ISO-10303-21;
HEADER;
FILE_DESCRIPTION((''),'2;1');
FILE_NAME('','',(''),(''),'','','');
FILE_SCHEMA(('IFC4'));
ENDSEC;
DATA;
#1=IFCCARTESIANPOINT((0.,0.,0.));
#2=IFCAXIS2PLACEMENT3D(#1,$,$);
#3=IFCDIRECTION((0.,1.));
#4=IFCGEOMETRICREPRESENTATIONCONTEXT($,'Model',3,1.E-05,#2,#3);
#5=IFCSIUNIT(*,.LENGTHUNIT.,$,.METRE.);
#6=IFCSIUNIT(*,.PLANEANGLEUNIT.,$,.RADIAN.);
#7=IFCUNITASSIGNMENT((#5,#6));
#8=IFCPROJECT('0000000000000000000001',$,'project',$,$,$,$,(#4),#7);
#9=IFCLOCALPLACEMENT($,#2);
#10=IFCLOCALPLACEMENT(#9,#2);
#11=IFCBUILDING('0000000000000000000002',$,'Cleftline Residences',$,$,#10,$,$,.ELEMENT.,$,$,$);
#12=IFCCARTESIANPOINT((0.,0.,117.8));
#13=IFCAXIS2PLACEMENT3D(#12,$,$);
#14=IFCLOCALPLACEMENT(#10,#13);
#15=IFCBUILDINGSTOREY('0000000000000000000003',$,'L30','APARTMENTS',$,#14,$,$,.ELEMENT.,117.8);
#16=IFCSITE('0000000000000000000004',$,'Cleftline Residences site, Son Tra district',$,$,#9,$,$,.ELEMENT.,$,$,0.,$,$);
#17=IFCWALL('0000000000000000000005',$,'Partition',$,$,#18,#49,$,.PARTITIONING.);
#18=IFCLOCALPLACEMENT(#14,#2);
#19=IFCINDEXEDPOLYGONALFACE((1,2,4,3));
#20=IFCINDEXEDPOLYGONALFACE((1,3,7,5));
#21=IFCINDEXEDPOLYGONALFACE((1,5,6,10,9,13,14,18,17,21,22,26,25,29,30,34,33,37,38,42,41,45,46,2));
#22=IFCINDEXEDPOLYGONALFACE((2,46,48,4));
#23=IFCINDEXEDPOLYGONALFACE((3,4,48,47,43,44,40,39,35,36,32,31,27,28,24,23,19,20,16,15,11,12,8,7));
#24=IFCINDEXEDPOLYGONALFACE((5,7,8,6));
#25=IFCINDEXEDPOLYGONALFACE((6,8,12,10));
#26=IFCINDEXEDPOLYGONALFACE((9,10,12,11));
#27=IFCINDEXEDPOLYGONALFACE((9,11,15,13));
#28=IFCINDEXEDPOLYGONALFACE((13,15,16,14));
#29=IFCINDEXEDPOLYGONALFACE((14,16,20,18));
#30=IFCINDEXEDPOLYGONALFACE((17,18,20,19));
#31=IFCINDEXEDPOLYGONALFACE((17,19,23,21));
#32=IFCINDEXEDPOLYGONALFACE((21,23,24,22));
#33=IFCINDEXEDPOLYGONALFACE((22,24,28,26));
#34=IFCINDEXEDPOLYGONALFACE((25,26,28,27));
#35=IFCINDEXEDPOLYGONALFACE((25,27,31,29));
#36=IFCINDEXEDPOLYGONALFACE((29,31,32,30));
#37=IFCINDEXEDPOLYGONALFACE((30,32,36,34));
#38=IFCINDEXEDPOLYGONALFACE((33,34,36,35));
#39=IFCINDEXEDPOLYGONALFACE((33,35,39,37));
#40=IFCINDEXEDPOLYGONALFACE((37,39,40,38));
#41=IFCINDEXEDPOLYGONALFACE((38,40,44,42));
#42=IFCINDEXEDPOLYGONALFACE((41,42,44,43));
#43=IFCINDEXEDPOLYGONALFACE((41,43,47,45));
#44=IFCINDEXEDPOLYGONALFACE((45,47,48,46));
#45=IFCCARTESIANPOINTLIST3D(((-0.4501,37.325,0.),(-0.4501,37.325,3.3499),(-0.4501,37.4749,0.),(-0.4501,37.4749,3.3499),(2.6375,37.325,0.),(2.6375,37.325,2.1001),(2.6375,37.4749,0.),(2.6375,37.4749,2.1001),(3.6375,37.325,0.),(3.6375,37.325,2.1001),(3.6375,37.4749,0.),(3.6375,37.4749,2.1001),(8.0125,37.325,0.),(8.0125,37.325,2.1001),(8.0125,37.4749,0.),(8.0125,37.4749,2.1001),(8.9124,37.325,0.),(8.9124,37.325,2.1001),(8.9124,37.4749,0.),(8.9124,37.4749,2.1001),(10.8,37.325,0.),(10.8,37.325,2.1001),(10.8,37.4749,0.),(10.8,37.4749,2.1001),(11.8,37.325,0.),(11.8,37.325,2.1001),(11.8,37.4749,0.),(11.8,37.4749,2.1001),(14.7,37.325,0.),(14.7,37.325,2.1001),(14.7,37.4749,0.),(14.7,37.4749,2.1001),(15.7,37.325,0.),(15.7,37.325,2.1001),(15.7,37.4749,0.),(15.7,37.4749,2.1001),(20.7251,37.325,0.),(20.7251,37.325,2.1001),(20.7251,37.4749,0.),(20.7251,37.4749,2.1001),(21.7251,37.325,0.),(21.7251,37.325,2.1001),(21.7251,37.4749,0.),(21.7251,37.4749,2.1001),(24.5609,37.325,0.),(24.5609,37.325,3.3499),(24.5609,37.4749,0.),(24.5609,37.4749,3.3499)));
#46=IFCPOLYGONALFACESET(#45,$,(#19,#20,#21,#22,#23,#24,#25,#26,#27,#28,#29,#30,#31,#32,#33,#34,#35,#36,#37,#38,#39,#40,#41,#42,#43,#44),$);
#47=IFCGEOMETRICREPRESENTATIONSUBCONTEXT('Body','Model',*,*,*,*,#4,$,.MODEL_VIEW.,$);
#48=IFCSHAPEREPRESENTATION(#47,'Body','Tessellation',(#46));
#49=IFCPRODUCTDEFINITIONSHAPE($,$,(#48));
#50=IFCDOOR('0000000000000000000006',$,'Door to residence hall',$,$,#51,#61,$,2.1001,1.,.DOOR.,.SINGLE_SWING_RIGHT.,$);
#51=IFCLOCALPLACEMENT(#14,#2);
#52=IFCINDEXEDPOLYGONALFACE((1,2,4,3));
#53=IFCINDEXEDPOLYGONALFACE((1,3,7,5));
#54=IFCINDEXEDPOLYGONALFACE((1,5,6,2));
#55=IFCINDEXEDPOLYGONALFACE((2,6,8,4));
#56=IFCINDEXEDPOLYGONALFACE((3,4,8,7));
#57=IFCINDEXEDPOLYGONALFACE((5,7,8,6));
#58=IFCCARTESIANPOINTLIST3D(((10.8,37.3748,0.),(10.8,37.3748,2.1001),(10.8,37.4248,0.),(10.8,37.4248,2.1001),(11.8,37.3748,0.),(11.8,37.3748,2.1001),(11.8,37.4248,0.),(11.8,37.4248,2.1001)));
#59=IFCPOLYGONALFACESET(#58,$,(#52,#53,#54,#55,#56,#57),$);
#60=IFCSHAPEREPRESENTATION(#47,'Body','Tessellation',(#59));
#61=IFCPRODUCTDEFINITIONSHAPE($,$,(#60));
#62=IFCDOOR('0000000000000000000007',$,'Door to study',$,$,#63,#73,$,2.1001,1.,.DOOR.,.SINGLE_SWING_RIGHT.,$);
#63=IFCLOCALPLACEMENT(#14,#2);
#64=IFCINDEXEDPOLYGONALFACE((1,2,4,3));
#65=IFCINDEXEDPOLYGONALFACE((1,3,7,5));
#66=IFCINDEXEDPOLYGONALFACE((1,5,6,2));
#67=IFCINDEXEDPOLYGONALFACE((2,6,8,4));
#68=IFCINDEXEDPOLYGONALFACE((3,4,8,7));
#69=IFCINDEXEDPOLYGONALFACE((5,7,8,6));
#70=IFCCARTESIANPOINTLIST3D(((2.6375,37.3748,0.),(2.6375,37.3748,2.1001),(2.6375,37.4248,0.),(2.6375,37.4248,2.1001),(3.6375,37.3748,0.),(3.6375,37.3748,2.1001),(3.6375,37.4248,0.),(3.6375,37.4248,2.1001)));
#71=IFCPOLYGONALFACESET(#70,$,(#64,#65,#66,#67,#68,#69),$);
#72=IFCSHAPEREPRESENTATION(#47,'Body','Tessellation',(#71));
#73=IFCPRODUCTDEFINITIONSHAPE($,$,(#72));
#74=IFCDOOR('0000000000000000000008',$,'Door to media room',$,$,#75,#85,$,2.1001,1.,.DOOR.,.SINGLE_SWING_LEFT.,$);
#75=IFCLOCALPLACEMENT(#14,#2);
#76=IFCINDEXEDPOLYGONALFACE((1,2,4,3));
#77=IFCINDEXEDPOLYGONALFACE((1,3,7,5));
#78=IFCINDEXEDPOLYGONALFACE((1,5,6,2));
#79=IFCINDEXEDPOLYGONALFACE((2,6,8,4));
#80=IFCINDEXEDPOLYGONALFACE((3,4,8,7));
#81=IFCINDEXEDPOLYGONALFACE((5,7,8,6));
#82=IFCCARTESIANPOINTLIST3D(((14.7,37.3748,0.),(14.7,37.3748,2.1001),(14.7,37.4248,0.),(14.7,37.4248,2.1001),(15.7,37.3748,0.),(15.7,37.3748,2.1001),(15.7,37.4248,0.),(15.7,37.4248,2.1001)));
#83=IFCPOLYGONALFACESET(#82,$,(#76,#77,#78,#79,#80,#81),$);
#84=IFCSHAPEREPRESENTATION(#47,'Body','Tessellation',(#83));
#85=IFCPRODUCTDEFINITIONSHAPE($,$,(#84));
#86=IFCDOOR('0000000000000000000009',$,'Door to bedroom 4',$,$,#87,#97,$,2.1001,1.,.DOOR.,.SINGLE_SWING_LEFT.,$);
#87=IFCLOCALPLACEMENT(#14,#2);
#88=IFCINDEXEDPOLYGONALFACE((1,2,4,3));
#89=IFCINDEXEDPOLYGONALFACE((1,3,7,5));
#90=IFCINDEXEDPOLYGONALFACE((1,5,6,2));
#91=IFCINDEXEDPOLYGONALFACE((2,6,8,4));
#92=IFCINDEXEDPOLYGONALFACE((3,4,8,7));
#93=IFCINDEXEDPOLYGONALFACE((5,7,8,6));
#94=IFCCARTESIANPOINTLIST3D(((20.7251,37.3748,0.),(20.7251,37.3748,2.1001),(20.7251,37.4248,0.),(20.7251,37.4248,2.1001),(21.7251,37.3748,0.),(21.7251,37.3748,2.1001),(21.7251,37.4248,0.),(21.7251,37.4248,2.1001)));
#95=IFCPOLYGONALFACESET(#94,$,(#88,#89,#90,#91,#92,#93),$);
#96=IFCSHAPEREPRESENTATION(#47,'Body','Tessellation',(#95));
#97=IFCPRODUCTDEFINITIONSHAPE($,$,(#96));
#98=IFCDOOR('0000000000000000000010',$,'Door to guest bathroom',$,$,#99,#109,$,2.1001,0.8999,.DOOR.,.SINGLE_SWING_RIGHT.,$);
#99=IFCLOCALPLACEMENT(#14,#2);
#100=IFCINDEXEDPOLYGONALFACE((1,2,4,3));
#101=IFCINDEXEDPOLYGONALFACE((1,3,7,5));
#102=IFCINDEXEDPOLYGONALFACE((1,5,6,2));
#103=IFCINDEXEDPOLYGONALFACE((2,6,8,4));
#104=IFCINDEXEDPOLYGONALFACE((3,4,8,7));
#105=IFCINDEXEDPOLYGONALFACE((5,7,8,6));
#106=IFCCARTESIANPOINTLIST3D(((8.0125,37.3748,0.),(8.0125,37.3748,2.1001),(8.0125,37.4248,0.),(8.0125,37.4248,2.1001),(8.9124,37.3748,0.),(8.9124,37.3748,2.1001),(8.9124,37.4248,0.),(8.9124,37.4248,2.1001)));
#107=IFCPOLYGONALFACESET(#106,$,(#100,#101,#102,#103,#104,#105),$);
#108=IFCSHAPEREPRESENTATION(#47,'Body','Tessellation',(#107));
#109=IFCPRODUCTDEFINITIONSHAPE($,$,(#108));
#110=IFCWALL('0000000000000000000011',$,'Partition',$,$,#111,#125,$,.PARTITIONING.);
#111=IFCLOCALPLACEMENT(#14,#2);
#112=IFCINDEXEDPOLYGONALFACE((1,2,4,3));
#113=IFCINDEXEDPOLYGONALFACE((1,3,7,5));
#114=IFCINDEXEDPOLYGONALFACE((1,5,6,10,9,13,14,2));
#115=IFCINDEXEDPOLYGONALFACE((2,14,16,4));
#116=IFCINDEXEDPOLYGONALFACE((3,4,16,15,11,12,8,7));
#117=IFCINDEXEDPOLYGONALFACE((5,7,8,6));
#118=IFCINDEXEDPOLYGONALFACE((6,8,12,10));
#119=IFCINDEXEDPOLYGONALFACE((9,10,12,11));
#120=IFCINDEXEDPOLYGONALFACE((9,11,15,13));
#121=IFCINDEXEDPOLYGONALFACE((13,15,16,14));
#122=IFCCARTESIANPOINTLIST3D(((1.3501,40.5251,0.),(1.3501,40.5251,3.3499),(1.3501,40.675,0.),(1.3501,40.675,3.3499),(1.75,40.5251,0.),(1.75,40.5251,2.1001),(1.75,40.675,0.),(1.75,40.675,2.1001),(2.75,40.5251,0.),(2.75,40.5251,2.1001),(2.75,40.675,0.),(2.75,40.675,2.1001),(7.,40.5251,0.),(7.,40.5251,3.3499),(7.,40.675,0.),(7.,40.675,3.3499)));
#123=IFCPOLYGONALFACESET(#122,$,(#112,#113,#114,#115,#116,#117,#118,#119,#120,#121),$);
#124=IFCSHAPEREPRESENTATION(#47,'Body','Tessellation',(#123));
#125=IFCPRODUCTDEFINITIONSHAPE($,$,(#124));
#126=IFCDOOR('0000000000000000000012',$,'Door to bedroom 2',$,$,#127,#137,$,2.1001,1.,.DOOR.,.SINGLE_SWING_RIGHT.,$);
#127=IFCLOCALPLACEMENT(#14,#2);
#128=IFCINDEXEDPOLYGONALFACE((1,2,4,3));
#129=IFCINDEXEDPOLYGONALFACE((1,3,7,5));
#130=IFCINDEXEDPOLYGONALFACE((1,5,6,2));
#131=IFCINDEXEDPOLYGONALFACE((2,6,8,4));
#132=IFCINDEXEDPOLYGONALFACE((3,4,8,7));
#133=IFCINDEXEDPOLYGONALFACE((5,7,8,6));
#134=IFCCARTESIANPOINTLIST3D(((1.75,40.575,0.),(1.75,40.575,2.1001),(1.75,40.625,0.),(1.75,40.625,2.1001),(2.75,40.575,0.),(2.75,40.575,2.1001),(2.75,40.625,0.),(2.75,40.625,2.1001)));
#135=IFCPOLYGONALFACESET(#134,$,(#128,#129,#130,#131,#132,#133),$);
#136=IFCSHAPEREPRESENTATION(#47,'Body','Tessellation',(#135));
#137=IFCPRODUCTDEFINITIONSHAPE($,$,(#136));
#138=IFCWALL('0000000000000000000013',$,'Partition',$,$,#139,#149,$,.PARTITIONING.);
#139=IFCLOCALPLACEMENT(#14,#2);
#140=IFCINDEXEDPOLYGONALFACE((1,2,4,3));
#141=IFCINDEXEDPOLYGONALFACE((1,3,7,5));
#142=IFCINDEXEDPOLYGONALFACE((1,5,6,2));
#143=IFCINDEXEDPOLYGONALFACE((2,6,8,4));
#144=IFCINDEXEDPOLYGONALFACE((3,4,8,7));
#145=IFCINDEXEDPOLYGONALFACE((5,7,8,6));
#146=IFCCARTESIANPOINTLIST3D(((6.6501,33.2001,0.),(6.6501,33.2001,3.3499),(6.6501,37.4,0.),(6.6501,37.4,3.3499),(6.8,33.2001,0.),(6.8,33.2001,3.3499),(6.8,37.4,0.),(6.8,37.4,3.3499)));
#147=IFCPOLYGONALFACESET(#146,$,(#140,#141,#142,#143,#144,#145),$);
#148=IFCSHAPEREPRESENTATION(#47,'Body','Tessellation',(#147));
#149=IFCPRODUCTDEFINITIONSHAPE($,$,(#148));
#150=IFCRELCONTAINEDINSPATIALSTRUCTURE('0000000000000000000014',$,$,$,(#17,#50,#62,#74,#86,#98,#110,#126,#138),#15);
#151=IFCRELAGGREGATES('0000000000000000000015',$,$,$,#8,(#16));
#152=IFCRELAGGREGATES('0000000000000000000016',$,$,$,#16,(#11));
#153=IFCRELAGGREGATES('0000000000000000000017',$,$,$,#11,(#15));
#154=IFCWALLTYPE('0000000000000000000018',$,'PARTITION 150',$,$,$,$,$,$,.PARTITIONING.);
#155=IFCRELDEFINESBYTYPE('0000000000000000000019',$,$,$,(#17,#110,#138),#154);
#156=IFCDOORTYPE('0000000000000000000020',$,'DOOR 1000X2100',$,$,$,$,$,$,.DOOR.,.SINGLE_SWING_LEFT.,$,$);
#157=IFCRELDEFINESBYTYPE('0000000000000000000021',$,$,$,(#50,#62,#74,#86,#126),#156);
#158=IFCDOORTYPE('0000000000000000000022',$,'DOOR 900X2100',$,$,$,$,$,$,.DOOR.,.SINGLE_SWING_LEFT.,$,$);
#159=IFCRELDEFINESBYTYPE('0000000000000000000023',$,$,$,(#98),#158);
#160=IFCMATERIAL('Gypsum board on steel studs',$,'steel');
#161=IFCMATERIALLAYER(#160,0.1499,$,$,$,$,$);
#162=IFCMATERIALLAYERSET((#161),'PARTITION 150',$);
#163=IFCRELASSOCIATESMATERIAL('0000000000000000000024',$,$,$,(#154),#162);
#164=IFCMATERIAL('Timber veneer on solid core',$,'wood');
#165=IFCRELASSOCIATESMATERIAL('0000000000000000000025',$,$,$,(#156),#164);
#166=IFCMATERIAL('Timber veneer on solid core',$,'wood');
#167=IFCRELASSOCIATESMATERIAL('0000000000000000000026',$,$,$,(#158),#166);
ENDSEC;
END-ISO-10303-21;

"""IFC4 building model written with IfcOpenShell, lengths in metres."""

from ifc_helpers import new_model, si_unit, direction, frame, frame_2d, origin, place, context, subcontext, project, spatial, rectangle, extrude, material, layer, layer_set, type_object, element, fill, save


model = new_model("IFC4")

# Units and contexts
model_context = context("Model", 3, precision=1e-05, world=origin(), true_north=direction((0.0, 1.0)))
body_context = subcontext(model_context, "Body", "Model", "MODEL_VIEW")
ifc_project = project(units=[si_unit("LENGTHUNIT", "METRE"), si_unit("PLANEANGLEUNIT", "RADIAN")], contexts=[model_context])

# Site, building, storey
site_placement = place(None, origin())
site = spatial("IfcSite", under=ifc_project, at=site_placement, Name="Cleftline Residences site, Son Tra district", CompositionType="ELEMENT", RefElevation=0.0)
building_placement = place(site_placement, origin())
building = spatial("IfcBuilding", under=site, at=building_placement, Name="Cleftline Residences", CompositionType="ELEMENT")
storey_placement = place(building_placement, frame((0.0, 0.0, 117.8)))
storey = spatial("IfcBuildingStorey", under=building, at=storey_placement, Name="L30", Description="APARTMENTS", CompositionType="ELEMENT", Elevation=117.8)

# Shared definitions
ifc_material_1 = material(Name="Gypsum board on steel studs", Category="steel")
ifc_layer = layer(ifc_material_1, 0.1499)
ifc_layer_set = layer_set([ifc_layer], Name="PARTITION 150")
wall_type = type_object("IfcWallType", Name="PARTITION 150", PredefinedType="PARTITIONING", material=ifc_layer_set)

# Wall, openings, doors
wall_1_placement = place(storey_placement, frame((-0.45, 37.3999, 0.0), z_axis=(0.0, 0.0, 1.0), x_axis=(1.0, 0.0, 0.0)))
wall_1 = element("IfcWall", 1, at=wall_1_placement, inside=storey, type_object=wall_type, Name="Partition", PredefinedType="PARTITIONING", context=body_context, shape_type="SweptSolid", body=[
    extrude(rectangle(XDim=25.011, YDim=0.1499, at=frame_2d((12.5054, 0.0))), origin(), (0.0, 0.0, 1.0), 3.3499),
])
opening_1_placement = place(wall_1_placement, frame((11.25, 0.0, 0.0)))
opening_1 = element("IfcOpeningElement", 2, at=opening_1_placement, cuts=wall_1, PredefinedType="OPENING", context=body_context, shape_type="SweptSolid", body=[
    extrude(rectangle(XDim=1.0, YDim=2.1001, at=frame_2d((0.5, 1.05))), frame((0.0, 0.085, 0.0), z_axis=(0.0, -1.0, 0.0), x_axis=(1.0, 0.0, 0.0)), (0.0, 0.0, 1.0), 0.1699),
])
opening_2_placement = place(wall_1_placement, frame((3.0874, 0.0, 0.0)))
opening_2 = element("IfcOpeningElement", 3, at=opening_2_placement, cuts=wall_1, PredefinedType="OPENING", context=body_context, shape_type="SweptSolid", body=[
    extrude(rectangle(XDim=1.0, YDim=2.1001, at=frame_2d((0.5, 1.05))), frame((0.0, 0.085, 0.0), z_axis=(0.0, -1.0, 0.0), x_axis=(1.0, 0.0, 0.0)), (0.0, 0.0, 1.0), 0.1699),
])
opening_3_placement = place(wall_1_placement, frame((8.4624, 0.0, 0.0)))
opening_3 = element("IfcOpeningElement", 4, at=opening_3_placement, cuts=wall_1, PredefinedType="OPENING", context=body_context, shape_type="SweptSolid", body=[
    extrude(rectangle(XDim=0.8999, YDim=2.1001, at=frame_2d((0.45, 1.05))), frame((0.0, 0.085, 0.0), z_axis=(0.0, -1.0, 0.0), x_axis=(1.0, 0.0, 0.0)), (0.0, 0.0, 1.0), 0.1699),
])
opening_4_placement = place(wall_1_placement, frame((15.1499, 0.0, 0.0)))
opening_4 = element("IfcOpeningElement", 5, at=opening_4_placement, cuts=wall_1, PredefinedType="OPENING", context=body_context, shape_type="SweptSolid", body=[
    extrude(rectangle(XDim=1.0, YDim=2.1001, at=frame_2d((0.5, 1.05))), frame((0.0, 0.085, 0.0), z_axis=(0.0, -1.0, 0.0), x_axis=(1.0, 0.0, 0.0)), (0.0, 0.0, 1.0), 0.1699),
])
opening_5_placement = place(wall_1_placement, frame((21.175, 0.0, 0.0)))
opening_5 = element("IfcOpeningElement", 6, at=opening_5_placement, cuts=wall_1, PredefinedType="OPENING", context=body_context, shape_type="SweptSolid", body=[
    extrude(rectangle(XDim=1.0, YDim=2.1001, at=frame_2d((0.5, 1.05))), frame((0.0, 0.085, 0.0), z_axis=(0.0, -1.0, 0.0), x_axis=(1.0, 0.0, 0.0)), (0.0, 0.0, 1.0), 0.1699),
])
ifc_material_2 = material(Name="Timber veneer on solid core", Category="wood")
door_type_1 = type_object("IfcDoorType", Name="DOOR 1000X2100", OperationType="SINGLE_SWING_LEFT", PredefinedType="DOOR", material=ifc_material_2)
door_1_placement = place(opening_1_placement, origin())
door_1 = element("IfcDoor", 7, at=door_1_placement, inside=storey, type_object=door_type_1, Name="Door to residence hall", OperationType="SINGLE_SWING_RIGHT", OverallHeight=2.1001, OverallWidth=1.0, PredefinedType="DOOR", context=body_context, shape_type="SweptSolid", body=[
    extrude(rectangle(XDim=1.0, YDim=2.1001, at=frame_2d((0.5, 1.05))), frame((0.0, 0.0249, 0.0), z_axis=(0.0, -1.0, 0.0), x_axis=(1.0, 0.0, 0.0)), (0.0, 0.0, 1.0), 0.05),
])
fill(opening_1, door_1)
door_2_placement = place(opening_2_placement, origin())
door_2 = element("IfcDoor", 8, at=door_2_placement, inside=storey, type_object=door_type_1, Name="Door to study", OperationType="SINGLE_SWING_RIGHT", OverallHeight=2.1001, OverallWidth=1.0, PredefinedType="DOOR", context=body_context, shape_type="SweptSolid", body=[
    extrude(rectangle(XDim=1.0, YDim=2.1001, at=frame_2d((0.5, 1.05))), frame((0.0, 0.0249, 0.0), z_axis=(0.0, -1.0, 0.0), x_axis=(1.0, 0.0, 0.0)), (0.0, 0.0, 1.0), 0.05),
])
fill(opening_2, door_2)
door_3_placement = place(opening_4_placement, origin())
door_3 = element("IfcDoor", 9, at=door_3_placement, inside=storey, type_object=door_type_1, Name="Door to media room", OperationType="SINGLE_SWING_LEFT", OverallHeight=2.1001, OverallWidth=1.0, PredefinedType="DOOR", context=body_context, shape_type="SweptSolid", body=[
    extrude(rectangle(XDim=1.0, YDim=2.1001, at=frame_2d((0.5, 1.05))), frame((0.0, 0.0249, 0.0), z_axis=(0.0, -1.0, 0.0), x_axis=(1.0, 0.0, 0.0)), (0.0, 0.0, 1.0), 0.05),
])
fill(opening_4, door_3)
door_4_placement = place(opening_5_placement, origin())
door_4 = element("IfcDoor", 10, at=door_4_placement, inside=storey, type_object=door_type_1, Name="Door to bedroom 4", OperationType="SINGLE_SWING_LEFT", OverallHeight=2.1001, OverallWidth=1.0, PredefinedType="DOOR", context=body_context, shape_type="SweptSolid", body=[
    extrude(rectangle(XDim=1.0, YDim=2.1001, at=frame_2d((0.5, 1.05))), frame((0.0, 0.0249, 0.0), z_axis=(0.0, -1.0, 0.0), x_axis=(1.0, 0.0, 0.0)), (0.0, 0.0, 1.0), 0.05),
])
fill(opening_5, door_4)
ifc_material_3 = material(Name="Timber veneer on solid core", Category="wood")
door_type_2 = type_object("IfcDoorType", Name="DOOR 900X2100", OperationType="SINGLE_SWING_LEFT", PredefinedType="DOOR", material=ifc_material_3)
door_5_placement = place(opening_3_placement, origin())
door_5 = element("IfcDoor", 11, at=door_5_placement, inside=storey, type_object=door_type_2, Name="Door to guest bathroom", OperationType="SINGLE_SWING_RIGHT", OverallHeight=2.1001, OverallWidth=0.8999, PredefinedType="DOOR", context=body_context, shape_type="SweptSolid", body=[
    extrude(rectangle(XDim=0.8999, YDim=2.1001, at=frame_2d((0.45, 1.05))), frame((0.0, 0.0249, 0.0), z_axis=(0.0, -1.0, 0.0), x_axis=(1.0, 0.0, 0.0)), (0.0, 0.0, 1.0), 0.05),
])
fill(opening_3, door_5)

# Wall, opening, door
wall_2_placement = place(storey_placement, frame((1.3501, 40.6001, 0.0), z_axis=(0.0, 0.0, 1.0), x_axis=(1.0, 0.0, 0.0)))
wall_2 = element("IfcWall", 12, at=wall_2_placement, inside=storey, type_object=wall_type, Name="Partition", PredefinedType="PARTITIONING", context=body_context, shape_type="SweptSolid", body=[
    extrude(rectangle(XDim=5.6499, YDim=0.1499, at=frame_2d((2.825, 0.0))), origin(), (0.0, 0.0, 1.0), 3.3499),
])
opening_6_placement = place(wall_2_placement, frame((0.3999, 0.0, 0.0)))
opening_6 = element("IfcOpeningElement", 13, at=opening_6_placement, cuts=wall_2, PredefinedType="OPENING", context=body_context, shape_type="SweptSolid", body=[
    extrude(rectangle(XDim=1.0, YDim=2.1001, at=frame_2d((0.5, 1.05))), frame((0.0, 0.085, 0.0), z_axis=(0.0, -1.0, 0.0), x_axis=(1.0, 0.0, 0.0)), (0.0, 0.0, 1.0), 0.1699),
])
door_6_placement = place(opening_6_placement, origin())
door_6 = element("IfcDoor", 14, at=door_6_placement, inside=storey, type_object=door_type_1, Name="Door to bedroom 2", OperationType="SINGLE_SWING_RIGHT", OverallHeight=2.1001, OverallWidth=1.0, PredefinedType="DOOR", context=body_context, shape_type="SweptSolid", body=[
    extrude(rectangle(XDim=1.0, YDim=2.1001, at=frame_2d((0.5, 1.05))), frame((0.0, 0.0249, 0.0), z_axis=(0.0, -1.0, 0.0), x_axis=(1.0, 0.0, 0.0)), (0.0, 0.0, 1.0), 0.05),
])
fill(opening_6, door_6)

# Wall
wall_3_placement = place(storey_placement, frame((6.7251, 33.2, 0.0), z_axis=(0.0, 0.0, 1.0), x_axis=(0.0, 1.0, 0.0)))
element("IfcWall", 15, at=wall_3_placement, inside=storey, type_object=wall_type, Name="Partition", PredefinedType="PARTITIONING", context=body_context, shape_type="SweptSolid", body=[
    extrude(rectangle(XDim=4.2, YDim=0.1499, at=frame_2d((2.1001, 0.0))), origin(), (0.0, 0.0, 1.0), 3.3499),
])

save(model, "model.ifc")
